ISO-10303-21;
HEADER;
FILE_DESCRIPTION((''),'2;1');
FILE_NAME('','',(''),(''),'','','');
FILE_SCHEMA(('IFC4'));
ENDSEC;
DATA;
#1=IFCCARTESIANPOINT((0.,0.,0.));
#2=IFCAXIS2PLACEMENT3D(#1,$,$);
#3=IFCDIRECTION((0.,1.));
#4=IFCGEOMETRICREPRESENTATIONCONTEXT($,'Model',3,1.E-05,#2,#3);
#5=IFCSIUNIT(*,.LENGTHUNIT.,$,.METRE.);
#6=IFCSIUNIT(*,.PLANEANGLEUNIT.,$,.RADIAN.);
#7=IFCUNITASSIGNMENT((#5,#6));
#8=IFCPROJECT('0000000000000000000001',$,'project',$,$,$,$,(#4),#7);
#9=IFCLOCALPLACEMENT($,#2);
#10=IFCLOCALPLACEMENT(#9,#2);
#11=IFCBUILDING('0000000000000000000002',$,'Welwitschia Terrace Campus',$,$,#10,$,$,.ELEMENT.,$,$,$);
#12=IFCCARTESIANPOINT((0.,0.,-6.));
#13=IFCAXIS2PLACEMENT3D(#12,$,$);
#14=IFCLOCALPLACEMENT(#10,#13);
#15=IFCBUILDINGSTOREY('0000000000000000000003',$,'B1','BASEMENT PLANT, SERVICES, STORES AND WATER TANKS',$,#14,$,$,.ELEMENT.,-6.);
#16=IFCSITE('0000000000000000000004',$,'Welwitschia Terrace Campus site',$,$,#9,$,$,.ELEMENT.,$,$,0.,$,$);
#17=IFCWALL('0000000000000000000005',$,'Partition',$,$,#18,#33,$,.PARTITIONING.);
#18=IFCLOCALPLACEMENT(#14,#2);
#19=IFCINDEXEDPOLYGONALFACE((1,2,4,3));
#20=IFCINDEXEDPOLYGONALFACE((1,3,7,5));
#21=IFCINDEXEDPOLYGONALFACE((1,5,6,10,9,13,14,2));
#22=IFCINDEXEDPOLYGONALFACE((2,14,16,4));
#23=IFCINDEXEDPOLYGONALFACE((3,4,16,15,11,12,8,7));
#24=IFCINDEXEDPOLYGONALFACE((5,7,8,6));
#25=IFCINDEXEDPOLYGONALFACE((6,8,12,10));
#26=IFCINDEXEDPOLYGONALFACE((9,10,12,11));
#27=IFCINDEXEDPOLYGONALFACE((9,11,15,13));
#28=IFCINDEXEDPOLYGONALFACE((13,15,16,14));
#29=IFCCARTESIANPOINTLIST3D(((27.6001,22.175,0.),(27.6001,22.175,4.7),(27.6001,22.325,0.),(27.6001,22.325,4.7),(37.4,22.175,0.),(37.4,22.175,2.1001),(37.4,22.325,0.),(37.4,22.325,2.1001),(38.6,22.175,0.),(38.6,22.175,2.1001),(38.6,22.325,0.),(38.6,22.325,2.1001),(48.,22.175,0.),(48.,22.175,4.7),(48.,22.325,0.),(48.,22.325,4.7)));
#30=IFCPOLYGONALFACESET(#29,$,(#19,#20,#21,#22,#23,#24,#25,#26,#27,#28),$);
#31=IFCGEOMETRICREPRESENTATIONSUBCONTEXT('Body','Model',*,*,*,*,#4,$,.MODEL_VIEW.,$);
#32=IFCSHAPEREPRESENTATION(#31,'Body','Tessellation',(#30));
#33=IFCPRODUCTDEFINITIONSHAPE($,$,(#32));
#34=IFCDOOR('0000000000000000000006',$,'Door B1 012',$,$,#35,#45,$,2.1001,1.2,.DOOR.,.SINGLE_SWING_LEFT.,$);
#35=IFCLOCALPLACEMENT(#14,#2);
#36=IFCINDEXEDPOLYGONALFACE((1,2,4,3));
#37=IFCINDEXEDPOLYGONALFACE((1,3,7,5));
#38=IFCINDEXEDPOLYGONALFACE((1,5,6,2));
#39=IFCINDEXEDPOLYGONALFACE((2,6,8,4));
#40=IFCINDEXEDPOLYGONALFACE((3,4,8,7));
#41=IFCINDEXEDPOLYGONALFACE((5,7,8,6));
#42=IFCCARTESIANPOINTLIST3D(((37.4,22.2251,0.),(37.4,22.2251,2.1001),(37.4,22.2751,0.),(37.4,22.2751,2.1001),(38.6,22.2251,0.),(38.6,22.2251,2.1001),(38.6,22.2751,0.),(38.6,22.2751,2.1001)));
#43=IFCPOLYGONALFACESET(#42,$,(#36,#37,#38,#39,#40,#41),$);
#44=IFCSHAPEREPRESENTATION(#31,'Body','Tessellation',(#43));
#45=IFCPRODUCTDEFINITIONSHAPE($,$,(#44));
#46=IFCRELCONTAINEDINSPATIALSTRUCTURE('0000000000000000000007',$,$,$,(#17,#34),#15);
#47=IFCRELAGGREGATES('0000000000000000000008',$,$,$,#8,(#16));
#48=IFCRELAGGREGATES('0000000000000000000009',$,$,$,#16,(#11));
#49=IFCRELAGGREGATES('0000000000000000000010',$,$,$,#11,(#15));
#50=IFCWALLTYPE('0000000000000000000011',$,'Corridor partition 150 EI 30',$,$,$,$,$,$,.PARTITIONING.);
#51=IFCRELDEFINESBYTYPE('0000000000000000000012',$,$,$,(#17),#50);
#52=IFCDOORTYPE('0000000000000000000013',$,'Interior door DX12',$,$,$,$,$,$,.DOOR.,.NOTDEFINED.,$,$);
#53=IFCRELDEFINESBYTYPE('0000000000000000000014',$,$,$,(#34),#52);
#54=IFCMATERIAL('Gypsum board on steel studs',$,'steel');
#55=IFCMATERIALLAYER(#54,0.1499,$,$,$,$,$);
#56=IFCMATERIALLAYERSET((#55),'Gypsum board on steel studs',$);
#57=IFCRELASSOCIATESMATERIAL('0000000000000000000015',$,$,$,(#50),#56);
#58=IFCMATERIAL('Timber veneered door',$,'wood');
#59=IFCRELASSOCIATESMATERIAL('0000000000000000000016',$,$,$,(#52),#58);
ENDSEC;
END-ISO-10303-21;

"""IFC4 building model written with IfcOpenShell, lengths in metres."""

from ifc_helpers import new_model, si_unit, direction, frame, frame_2d, origin, place, context, subcontext, project, spatial, rectangle, extrude, material, layer, layer_set, type_object, element, fill, save


model = new_model("IFC4")

# Units and contexts
model_context = context("Model", 3, precision=1e-05, world=origin(), true_north=direction((0.0, 1.0)))
body_context = subcontext(model_context, "Body", "Model", "MODEL_VIEW")
ifc_project = project(units=[si_unit("LENGTHUNIT", "METRE"), si_unit("PLANEANGLEUNIT", "RADIAN")], contexts=[model_context])

# Site, building, storey
site_placement = place(None, origin())
site = spatial("IfcSite", under=ifc_project, at=site_placement, Name="Welwitschia Terrace Campus site", CompositionType="ELEMENT", RefElevation=0.0)
building_placement = place(site_placement, origin())
building = spatial("IfcBuilding", under=site, at=building_placement, Name="Welwitschia Terrace Campus", CompositionType="ELEMENT")
storey_placement = place(building_placement, frame((0.0, 0.0, -6.0)))
storey = spatial("IfcBuildingStorey", under=building, at=storey_placement, Name="B1", Description="BASEMENT PLANT, SERVICES, STORES AND WATER TANKS", CompositionType="ELEMENT", Elevation=-6.0)

# Wall, opening, door
ifc_material_1 = material(Name="Gypsum board on steel studs", Category="steel")
ifc_layer = layer(ifc_material_1, 0.1499)
ifc_layer_set = layer_set([ifc_layer], Name="Gypsum board on steel studs")
wall_type = type_object("IfcWallType", Name="Corridor partition 150 EI 30", PredefinedType="PARTITIONING", material=ifc_layer_set)
wall_placement = place(storey_placement, frame((48.0, 22.25, 0.0), z_axis=(0.0, 0.0, 1.0), x_axis=(-1.0, 0.0, 0.0)))
wall = element("IfcWall", 1, at=wall_placement, inside=storey, type_object=wall_type, Name="Partition", PredefinedType="PARTITIONING", context=body_context, shape_type="SweptSolid", body=[
    extrude(rectangle(XDim=20.3999, YDim=0.1499, at=frame_2d((10.2, 0.0))), origin(), (0.0, 0.0, 1.0), 4.7),
])
opening_placement = place(wall_placement, frame((9.3999, 0.0, 0.0)))
opening = element("IfcOpeningElement", 2, at=opening_placement, cuts=wall, PredefinedType="OPENING", context=body_context, shape_type="SweptSolid", body=[
    extrude(rectangle(XDim=1.2, YDim=2.1001, at=frame_2d((0.6001, 1.05))), frame((0.0, 0.085, 0.0), z_axis=(0.0, -1.0, 0.0), x_axis=(1.0, 0.0, 0.0)), (0.0, 0.0, 1.0), 0.1699),
])
ifc_material_2 = material(Name="Timber veneered door", Category="wood")
door_type = type_object("IfcDoorType", Name="Interior door DX12", OperationType="NOTDEFINED", PredefinedType="DOOR", material=ifc_material_2)
door_placement = place(opening_placement, origin())
door = element("IfcDoor", 3, at=door_placement, inside=storey, type_object=door_type, Name="Door B1 012", OperationType="SINGLE_SWING_LEFT", OverallHeight=2.1001, OverallWidth=1.2, PredefinedType="DOOR", context=body_context, shape_type="SweptSolid", body=[
    extrude(rectangle(XDim=1.2, YDim=2.1001, at=frame_2d((0.6001, 1.05))), frame((0.0, 0.0249, 0.0), z_axis=(0.0, -1.0, 0.0), x_axis=(1.0, 0.0, 0.0)), (0.0, 0.0, 1.0), 0.05),
])
fill(opening, door)

save(model, "model.ifc")
